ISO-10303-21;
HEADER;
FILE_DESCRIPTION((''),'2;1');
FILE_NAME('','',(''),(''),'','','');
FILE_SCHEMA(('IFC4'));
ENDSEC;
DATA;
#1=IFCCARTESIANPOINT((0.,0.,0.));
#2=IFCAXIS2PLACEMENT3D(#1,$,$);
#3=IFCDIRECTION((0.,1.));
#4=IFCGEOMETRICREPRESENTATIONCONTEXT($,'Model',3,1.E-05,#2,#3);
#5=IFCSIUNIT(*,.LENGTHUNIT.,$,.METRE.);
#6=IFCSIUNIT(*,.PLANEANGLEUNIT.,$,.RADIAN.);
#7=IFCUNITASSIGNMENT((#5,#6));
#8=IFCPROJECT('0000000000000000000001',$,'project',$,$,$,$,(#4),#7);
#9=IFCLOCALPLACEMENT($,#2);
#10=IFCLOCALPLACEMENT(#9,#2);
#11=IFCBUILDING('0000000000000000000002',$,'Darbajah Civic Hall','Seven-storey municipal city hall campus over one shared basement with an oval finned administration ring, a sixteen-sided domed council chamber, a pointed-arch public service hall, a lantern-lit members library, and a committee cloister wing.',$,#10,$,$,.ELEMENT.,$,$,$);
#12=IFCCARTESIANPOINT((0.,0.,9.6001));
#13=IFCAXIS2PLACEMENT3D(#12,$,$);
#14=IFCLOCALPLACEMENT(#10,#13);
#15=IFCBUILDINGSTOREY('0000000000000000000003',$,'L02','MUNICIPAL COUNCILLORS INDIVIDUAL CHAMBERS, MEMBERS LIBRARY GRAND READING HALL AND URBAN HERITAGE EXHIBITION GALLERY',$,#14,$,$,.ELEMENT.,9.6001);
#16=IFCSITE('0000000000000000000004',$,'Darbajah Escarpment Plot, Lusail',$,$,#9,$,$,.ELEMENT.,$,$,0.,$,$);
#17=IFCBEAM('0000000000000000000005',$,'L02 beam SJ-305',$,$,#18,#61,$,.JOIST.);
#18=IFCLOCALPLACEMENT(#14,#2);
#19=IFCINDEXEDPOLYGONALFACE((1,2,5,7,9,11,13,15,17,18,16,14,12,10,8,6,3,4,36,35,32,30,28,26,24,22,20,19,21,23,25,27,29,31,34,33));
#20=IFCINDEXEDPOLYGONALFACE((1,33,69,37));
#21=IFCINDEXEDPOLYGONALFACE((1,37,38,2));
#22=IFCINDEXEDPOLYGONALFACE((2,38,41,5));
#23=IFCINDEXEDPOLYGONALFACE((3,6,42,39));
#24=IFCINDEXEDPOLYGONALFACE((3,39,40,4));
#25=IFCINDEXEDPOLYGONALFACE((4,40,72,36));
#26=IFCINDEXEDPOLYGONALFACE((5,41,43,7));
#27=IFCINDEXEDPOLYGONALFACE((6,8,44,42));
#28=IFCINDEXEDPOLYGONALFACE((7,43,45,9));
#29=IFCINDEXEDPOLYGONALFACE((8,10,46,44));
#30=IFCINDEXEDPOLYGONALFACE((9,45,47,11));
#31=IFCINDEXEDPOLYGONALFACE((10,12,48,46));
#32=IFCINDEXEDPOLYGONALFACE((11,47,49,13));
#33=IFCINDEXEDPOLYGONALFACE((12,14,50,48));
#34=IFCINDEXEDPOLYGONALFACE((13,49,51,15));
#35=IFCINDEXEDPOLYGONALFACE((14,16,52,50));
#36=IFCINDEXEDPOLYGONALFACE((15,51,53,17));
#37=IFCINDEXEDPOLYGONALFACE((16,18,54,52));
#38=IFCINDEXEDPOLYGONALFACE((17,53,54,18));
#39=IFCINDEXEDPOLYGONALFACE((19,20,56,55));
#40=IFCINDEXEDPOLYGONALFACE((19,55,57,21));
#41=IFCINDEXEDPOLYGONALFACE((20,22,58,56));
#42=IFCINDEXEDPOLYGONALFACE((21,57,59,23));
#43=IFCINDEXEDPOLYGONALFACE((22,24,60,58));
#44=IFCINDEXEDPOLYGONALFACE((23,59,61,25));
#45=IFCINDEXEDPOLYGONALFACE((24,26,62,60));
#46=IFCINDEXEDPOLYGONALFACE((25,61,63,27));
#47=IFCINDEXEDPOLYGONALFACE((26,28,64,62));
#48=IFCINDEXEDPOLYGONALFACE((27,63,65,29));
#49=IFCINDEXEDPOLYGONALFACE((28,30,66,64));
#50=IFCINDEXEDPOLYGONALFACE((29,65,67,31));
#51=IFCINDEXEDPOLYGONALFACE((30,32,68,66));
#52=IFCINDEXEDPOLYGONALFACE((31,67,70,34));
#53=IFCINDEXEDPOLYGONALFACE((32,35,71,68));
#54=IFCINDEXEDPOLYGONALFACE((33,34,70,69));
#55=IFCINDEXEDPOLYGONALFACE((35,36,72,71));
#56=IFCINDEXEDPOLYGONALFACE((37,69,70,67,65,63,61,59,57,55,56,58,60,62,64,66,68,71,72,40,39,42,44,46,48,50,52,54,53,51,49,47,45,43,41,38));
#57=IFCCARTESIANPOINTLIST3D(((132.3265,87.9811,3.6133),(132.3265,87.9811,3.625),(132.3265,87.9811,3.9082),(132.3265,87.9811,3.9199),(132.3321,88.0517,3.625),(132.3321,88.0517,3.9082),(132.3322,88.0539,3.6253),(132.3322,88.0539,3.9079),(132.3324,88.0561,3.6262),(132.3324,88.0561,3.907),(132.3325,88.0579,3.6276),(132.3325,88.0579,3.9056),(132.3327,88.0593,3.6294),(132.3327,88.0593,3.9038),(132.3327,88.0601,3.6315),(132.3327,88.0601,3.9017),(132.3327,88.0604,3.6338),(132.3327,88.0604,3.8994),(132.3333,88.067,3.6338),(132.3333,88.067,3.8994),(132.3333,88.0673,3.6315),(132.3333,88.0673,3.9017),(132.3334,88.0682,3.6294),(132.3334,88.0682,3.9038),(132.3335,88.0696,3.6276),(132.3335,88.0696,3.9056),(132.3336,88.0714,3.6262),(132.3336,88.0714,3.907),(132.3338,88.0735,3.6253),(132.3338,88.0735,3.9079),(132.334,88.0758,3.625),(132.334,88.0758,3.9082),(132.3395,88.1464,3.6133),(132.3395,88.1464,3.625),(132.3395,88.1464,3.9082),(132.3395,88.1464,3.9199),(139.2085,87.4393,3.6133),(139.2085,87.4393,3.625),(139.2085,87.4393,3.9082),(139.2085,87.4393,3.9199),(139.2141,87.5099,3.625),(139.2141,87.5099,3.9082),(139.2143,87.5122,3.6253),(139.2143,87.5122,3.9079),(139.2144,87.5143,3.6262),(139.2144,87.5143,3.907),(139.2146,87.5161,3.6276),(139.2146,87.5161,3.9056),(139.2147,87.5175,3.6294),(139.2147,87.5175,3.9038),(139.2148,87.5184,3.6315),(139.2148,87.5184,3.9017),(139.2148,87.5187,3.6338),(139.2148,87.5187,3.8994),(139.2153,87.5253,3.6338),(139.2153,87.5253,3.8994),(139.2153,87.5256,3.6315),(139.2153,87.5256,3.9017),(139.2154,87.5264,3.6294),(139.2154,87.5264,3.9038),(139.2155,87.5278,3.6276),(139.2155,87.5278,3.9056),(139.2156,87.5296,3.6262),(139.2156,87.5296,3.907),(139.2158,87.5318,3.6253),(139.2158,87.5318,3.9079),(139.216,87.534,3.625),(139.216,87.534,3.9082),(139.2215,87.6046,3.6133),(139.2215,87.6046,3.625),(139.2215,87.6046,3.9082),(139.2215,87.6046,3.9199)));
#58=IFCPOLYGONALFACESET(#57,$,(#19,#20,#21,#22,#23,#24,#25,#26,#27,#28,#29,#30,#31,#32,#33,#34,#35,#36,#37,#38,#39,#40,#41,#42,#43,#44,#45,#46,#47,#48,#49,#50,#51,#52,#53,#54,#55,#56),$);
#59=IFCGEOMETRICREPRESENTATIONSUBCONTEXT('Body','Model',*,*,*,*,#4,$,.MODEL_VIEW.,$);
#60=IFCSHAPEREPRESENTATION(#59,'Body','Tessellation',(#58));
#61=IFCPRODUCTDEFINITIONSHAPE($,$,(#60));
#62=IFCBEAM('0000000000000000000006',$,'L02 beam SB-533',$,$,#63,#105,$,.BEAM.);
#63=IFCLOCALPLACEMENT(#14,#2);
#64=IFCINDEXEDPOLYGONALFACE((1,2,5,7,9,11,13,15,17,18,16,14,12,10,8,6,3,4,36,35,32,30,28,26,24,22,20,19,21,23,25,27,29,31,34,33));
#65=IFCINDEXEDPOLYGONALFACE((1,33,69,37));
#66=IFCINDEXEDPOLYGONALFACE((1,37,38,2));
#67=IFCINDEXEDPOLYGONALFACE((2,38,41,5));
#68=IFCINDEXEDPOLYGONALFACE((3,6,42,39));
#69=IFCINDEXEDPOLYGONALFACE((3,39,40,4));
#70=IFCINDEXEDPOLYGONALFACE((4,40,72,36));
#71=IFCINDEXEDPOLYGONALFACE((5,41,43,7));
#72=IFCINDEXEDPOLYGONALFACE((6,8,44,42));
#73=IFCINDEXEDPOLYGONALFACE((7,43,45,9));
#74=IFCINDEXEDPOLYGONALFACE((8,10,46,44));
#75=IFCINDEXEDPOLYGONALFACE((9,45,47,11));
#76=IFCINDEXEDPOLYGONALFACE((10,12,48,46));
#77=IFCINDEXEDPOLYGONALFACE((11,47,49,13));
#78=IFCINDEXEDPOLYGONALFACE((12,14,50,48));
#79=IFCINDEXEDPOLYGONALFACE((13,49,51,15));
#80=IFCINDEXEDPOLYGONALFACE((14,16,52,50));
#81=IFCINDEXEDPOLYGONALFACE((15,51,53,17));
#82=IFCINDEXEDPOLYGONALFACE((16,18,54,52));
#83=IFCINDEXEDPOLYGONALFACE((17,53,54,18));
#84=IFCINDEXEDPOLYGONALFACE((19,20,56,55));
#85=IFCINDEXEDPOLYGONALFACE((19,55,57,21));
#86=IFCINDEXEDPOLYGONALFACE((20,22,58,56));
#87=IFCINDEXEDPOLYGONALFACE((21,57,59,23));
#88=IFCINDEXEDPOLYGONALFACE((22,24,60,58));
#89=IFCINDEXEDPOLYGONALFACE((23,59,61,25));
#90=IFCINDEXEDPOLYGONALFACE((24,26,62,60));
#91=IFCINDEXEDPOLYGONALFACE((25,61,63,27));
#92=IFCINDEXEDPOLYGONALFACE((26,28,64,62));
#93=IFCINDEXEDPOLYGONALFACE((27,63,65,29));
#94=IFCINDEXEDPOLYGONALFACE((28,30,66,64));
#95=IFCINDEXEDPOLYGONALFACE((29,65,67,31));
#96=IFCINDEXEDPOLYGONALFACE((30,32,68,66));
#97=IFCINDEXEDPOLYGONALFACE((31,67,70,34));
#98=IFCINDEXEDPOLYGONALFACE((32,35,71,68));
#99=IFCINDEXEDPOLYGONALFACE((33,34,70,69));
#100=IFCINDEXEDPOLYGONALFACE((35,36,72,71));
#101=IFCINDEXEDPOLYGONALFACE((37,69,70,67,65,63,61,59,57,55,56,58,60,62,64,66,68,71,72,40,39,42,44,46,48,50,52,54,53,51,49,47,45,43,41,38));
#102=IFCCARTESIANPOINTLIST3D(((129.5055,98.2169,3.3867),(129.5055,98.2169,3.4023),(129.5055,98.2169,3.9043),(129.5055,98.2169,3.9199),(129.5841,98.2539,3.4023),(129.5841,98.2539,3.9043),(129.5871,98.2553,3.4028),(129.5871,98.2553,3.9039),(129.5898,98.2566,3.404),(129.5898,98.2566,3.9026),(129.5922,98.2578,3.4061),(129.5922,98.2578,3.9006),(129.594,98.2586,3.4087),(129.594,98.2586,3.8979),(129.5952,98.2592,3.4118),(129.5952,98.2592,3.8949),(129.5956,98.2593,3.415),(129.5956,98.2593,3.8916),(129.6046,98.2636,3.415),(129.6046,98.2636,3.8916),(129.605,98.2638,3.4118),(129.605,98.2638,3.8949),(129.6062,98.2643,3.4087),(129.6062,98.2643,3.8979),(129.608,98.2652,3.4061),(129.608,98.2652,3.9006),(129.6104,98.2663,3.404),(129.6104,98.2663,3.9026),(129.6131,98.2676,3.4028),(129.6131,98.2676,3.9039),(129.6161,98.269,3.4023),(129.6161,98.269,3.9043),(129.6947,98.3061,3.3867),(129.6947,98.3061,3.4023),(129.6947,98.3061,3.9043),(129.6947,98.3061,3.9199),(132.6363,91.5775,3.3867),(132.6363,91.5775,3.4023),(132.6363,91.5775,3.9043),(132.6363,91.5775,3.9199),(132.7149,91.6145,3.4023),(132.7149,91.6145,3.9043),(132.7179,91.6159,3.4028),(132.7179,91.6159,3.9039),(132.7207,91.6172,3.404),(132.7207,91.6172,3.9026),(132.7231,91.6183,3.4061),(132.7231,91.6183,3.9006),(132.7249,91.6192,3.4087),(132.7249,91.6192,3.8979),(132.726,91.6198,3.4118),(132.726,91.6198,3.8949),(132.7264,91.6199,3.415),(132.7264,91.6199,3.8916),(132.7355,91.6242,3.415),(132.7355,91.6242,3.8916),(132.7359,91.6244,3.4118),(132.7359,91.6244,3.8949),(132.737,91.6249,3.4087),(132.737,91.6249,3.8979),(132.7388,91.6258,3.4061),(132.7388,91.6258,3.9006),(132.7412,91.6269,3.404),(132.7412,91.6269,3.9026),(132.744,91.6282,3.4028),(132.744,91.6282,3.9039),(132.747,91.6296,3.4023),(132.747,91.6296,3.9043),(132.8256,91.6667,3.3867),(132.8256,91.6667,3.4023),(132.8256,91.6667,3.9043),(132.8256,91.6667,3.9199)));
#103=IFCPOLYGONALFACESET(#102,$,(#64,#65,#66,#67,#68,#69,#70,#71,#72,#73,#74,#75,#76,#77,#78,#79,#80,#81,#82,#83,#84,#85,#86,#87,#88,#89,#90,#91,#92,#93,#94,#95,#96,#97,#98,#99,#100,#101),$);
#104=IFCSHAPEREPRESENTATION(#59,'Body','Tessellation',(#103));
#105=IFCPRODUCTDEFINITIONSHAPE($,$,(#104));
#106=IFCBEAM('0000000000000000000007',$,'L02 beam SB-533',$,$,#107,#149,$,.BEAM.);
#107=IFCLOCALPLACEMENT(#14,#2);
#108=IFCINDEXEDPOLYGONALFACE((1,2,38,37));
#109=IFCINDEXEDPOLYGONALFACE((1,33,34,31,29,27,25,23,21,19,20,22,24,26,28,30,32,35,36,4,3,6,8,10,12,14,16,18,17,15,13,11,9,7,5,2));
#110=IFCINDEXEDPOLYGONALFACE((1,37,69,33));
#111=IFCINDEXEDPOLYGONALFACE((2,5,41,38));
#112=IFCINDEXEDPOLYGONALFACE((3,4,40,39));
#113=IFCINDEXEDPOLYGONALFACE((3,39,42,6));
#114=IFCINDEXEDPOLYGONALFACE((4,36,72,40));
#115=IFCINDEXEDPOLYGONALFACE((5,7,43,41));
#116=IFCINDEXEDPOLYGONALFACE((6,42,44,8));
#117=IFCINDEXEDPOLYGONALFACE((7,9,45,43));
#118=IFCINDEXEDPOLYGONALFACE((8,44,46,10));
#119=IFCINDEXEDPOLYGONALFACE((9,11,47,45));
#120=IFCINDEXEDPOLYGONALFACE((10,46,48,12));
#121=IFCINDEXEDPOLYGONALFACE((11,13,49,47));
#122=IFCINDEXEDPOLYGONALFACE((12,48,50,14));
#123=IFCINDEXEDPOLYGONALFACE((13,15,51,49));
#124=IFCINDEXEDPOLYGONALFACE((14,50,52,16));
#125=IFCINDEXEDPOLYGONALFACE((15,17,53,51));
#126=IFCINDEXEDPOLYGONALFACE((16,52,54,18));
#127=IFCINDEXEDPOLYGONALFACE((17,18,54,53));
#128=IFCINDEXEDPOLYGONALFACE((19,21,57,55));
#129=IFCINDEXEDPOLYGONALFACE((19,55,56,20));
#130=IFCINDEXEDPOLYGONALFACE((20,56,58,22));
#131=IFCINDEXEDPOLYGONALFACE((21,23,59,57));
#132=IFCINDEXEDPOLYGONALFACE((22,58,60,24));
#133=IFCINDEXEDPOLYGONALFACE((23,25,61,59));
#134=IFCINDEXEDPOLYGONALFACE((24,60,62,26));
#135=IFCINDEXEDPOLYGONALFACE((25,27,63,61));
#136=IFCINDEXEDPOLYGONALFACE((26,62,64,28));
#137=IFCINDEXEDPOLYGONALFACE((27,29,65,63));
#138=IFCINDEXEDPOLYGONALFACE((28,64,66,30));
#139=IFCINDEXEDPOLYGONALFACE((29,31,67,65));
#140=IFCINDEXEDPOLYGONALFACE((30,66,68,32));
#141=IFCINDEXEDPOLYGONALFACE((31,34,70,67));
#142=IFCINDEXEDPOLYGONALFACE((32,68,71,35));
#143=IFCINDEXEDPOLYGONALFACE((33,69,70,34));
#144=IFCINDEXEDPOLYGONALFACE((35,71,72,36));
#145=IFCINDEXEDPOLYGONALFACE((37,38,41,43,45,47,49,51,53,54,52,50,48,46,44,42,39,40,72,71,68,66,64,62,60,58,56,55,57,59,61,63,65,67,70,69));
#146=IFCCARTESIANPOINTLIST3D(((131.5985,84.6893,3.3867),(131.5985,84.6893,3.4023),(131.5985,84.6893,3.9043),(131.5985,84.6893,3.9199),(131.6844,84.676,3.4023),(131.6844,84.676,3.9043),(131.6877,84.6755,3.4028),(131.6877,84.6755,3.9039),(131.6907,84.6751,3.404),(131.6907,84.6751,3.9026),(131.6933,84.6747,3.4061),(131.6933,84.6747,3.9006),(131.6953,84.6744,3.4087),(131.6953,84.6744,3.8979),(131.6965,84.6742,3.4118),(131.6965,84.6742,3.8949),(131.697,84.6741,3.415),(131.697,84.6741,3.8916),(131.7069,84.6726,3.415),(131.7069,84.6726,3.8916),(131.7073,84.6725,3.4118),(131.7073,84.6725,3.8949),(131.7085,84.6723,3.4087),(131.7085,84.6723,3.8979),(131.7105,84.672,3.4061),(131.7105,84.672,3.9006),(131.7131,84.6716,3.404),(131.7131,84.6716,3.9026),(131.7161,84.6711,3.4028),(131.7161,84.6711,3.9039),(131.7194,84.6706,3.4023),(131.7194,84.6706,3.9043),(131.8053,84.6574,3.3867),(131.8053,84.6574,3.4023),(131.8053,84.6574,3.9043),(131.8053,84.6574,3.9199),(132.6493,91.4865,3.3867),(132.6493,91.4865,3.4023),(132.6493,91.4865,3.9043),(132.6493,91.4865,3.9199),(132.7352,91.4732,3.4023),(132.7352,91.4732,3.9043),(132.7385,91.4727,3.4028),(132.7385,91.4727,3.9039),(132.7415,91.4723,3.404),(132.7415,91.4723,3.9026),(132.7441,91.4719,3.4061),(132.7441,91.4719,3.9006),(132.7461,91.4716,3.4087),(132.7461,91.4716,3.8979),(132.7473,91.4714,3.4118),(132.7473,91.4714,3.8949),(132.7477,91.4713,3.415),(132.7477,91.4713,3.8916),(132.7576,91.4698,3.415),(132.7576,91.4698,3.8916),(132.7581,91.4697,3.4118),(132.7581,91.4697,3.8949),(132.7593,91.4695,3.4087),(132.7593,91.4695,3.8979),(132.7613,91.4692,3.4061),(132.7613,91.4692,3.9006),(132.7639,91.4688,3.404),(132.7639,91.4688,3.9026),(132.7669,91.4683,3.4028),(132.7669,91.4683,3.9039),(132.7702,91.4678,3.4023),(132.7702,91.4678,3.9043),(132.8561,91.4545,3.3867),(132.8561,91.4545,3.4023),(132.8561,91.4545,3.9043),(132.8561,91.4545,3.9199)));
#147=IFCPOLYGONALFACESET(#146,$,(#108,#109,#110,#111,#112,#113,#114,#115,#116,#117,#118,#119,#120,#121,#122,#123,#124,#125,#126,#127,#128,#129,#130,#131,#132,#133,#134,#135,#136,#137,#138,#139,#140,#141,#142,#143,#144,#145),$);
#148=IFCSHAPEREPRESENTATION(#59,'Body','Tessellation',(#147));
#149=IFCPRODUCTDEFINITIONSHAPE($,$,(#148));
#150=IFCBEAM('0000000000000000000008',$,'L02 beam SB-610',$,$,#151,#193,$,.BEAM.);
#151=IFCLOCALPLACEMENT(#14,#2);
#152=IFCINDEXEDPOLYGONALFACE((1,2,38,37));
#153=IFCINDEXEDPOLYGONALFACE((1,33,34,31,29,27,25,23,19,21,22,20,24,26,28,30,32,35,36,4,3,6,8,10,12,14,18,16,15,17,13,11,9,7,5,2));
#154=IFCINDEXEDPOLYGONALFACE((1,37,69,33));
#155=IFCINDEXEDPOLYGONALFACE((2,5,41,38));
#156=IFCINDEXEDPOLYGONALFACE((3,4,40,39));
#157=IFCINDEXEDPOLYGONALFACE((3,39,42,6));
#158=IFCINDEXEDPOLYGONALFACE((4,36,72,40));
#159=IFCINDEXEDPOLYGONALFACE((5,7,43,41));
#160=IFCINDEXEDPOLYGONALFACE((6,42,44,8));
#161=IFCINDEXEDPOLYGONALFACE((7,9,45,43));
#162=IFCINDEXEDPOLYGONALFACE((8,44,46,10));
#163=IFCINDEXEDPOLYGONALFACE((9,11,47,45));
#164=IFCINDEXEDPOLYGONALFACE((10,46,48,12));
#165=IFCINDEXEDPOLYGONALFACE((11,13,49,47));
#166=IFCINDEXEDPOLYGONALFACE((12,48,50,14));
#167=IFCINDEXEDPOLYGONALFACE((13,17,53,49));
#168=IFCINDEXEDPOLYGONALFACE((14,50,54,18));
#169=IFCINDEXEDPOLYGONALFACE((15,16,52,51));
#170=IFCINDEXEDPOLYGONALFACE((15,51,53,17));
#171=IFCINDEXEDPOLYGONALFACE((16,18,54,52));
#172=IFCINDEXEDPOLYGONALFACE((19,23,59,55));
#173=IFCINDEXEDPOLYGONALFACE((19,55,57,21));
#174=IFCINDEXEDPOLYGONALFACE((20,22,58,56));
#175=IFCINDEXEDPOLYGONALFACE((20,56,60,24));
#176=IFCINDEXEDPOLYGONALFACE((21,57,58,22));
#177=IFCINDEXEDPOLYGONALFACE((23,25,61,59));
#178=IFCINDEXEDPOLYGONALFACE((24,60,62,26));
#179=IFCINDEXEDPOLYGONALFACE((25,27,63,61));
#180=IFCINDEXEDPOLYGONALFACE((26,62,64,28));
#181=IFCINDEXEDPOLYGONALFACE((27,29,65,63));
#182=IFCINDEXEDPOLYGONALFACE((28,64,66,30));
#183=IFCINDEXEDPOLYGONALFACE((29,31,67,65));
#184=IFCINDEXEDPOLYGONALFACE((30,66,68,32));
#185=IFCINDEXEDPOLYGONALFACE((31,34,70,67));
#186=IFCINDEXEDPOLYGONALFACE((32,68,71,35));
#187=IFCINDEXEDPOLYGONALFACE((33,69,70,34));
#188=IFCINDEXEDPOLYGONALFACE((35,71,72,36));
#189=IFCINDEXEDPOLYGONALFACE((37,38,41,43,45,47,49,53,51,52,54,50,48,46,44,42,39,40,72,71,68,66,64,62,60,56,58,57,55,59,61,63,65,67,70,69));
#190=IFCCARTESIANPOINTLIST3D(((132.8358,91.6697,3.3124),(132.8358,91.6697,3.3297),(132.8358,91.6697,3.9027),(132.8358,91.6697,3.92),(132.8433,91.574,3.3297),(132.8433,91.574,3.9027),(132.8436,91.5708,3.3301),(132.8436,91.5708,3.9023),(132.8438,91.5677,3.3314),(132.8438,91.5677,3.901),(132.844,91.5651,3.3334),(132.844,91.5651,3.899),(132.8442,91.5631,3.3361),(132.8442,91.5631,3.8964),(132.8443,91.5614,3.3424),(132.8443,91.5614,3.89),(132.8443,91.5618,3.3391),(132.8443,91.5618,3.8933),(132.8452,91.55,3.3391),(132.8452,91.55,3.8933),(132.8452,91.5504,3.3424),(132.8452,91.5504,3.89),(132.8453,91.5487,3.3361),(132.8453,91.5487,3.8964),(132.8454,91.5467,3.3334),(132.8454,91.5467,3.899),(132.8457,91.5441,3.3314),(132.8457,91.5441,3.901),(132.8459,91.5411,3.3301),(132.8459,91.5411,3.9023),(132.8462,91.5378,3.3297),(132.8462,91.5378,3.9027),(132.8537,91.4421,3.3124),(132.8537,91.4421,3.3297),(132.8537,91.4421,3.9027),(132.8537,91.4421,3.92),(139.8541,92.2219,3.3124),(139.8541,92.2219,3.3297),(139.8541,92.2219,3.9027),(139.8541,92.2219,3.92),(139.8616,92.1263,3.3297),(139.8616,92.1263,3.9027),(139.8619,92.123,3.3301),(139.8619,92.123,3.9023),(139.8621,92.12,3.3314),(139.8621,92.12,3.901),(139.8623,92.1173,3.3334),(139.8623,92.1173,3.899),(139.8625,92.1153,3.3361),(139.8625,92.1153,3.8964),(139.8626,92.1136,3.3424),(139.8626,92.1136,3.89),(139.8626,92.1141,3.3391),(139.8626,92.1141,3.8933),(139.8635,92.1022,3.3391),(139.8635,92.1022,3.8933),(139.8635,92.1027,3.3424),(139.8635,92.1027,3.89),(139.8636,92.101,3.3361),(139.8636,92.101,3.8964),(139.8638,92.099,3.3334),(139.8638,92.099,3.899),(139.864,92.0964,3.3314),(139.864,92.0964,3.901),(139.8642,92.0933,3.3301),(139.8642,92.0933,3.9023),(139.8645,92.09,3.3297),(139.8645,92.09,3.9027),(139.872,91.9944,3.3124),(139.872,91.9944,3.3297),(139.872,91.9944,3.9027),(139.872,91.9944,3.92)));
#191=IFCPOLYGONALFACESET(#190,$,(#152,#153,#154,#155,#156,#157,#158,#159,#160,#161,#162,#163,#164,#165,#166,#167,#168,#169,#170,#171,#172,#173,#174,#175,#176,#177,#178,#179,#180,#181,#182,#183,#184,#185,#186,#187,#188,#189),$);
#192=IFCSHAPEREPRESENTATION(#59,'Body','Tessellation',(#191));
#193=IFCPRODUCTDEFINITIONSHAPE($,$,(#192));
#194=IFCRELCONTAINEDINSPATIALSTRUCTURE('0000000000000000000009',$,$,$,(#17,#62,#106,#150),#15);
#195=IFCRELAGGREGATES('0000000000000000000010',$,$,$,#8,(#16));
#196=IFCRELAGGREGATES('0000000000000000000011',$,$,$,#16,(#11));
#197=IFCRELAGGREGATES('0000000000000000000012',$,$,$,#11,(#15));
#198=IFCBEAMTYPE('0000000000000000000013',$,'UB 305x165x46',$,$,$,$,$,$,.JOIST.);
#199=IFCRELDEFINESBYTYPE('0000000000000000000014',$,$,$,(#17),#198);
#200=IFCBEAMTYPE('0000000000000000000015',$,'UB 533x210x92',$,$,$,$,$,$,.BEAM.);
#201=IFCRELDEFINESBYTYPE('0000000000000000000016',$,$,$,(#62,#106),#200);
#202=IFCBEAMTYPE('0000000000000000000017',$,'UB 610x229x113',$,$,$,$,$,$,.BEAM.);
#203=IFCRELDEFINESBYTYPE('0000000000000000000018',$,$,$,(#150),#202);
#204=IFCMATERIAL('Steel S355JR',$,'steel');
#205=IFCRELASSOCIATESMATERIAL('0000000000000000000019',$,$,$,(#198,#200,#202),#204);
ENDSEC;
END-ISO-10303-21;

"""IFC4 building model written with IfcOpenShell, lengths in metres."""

from ifc_helpers import new_model, si_unit, direction, frame, origin, origin_2d, place, context, subcontext, project, spatial, i_section, extrude, material, material_profile, profile_set, type_object, element, save


model = new_model("IFC4")

# Units and contexts
model_context = context("Model", 3, precision=1e-05, world=origin(), true_north=direction((0.0, 1.0)))
body_context = subcontext(model_context, "Body", "Model", "MODEL_VIEW")
ifc_project = project(units=[si_unit("LENGTHUNIT", "METRE"), si_unit("PLANEANGLEUNIT", "RADIAN")], contexts=[model_context])

# Site, building, storey
site_placement = place(None, origin())
site = spatial("IfcSite", under=ifc_project, at=site_placement, Name="Darbajah Escarpment Plot, Lusail", CompositionType="ELEMENT", RefElevation=0.0)
building_placement = place(site_placement, origin())
building = spatial("IfcBuilding", under=site, at=building_placement, Name="Darbajah Civic Hall", Description="Seven-storey municipal city hall campus over one shared basement with an oval finned administration ring, a sixteen-sided domed council chamber, a pointed-arch public service hall, a lantern-lit members library, and a committee cloister wing.", CompositionType="ELEMENT")
storey_placement = place(building_placement, frame((0.0, 0.0, 9.6001)))
storey = spatial("IfcBuildingStorey", under=building, at=storey_placement, Name="L02", Description="MUNICIPAL COUNCILLORS INDIVIDUAL CHAMBERS, MEMBERS LIBRARY GRAND READING HALL AND URBAN HERITAGE EXHIBITION GALLERY", CompositionType="ELEMENT", Elevation=9.6001)

# Beams
ifc_material_1 = material(Name="Steel S355JR", Category="steel")
ifc_material_profile_1 = material_profile(ifc_material_1, i_section(OverallWidth=0.1658, OverallDepth=0.3066, WebThickness=0.0066, FlangeThickness=0.0117, FilletRadius=0.0088, at=origin_2d()), Name="UB 305x165x46")
ifc_profile_set_1 = profile_set([ifc_material_profile_1], Name="Steel S355JR")
beam_type_1 = type_object("IfcBeamType", Name="UB 305x165x46", PredefinedType="JOIST", material=ifc_profile_set_1)
beam_1_placement = place(storey_placement, frame((132.333, 88.0637, 3.7666), z_axis=(0.996916, -0.078476, 0.0), x_axis=(0.078476, 0.996916, 0.0)))
element("IfcBeam", 1, at=beam_1_placement, inside=storey, type_object=beam_type_1, Name="L02 beam SJ-305", PredefinedType="JOIST", context=body_context, shape_type="SweptSolid", body=[
    extrude(i_section(OverallWidth=0.1658, OverallDepth=0.3066, WebThickness=0.0066, FlangeThickness=0.0117, FilletRadius=0.0088, at=origin_2d()), origin(), (0.0, 0.0, 1.0), 6.9033),
])
ifc_material_profile_2 = material_profile(ifc_material_1, i_section(OverallWidth=0.2092, OverallDepth=0.5332, WebThickness=0.01, FlangeThickness=0.0156, FilletRadius=0.0127, at=origin_2d()), Name="UB 533x210x92")
ifc_profile_set_2 = profile_set([ifc_material_profile_2], Name="Steel S355JR")
beam_type_2 = type_object("IfcBeamType", Name="UB 533x210x92", PredefinedType="BEAM", material=ifc_profile_set_2)
beam_2_placement = place(storey_placement, frame((132.731, 91.6221, 3.6533), z_axis=(-0.426514, 0.904481, 0.0), x_axis=(-0.904481, -0.426514, 0.0)))
element("IfcBeam", 2, at=beam_2_placement, inside=storey, type_object=beam_type_2, Name="L02 beam SB-533", PredefinedType="BEAM", context=body_context, shape_type="SweptSolid", body=[
    extrude(i_section(OverallWidth=0.2092, OverallDepth=0.5332, WebThickness=0.01, FlangeThickness=0.0156, FilletRadius=0.0127, at=origin_2d()), origin(), (0.0, 0.0, 1.0), 7.3406),
])
beam_3_placement = place(storey_placement, frame((131.7019, 84.6733, 3.6533), z_axis=(0.152777, 0.988261, 0.0), x_axis=(-0.988261, 0.152777, 0.0)))
element("IfcBeam", 3, at=beam_3_placement, inside=storey, type_object=beam_type_2, Name="L02 beam SB-533", PredefinedType="BEAM", context=body_context, shape_type="SweptSolid", body=[
    extrude(i_section(OverallWidth=0.2092, OverallDepth=0.5332, WebThickness=0.01, FlangeThickness=0.0156, FilletRadius=0.0127, at=origin_2d()), origin(), (0.0, 0.0, 1.0), 6.8779),
])
ifc_material_profile_3 = material_profile(ifc_material_1, i_section(OverallWidth=0.2283, OverallDepth=0.6077, WebThickness=0.011, FlangeThickness=0.0173, FilletRadius=0.0127, at=origin_2d()), Name="UB 610x229x113")
ifc_profile_set_3 = profile_set([ifc_material_profile_3], Name="Steel S355JR")
beam_type_3 = type_object("IfcBeamType", Name="UB 610x229x113", PredefinedType="BEAM", material=ifc_profile_set_3)
for number, where, z_axis, x_axis, name in (
    (4, (132.8447, 91.5559, 3.6162), (0.996919, 0.078444, 0.0), (-0.078444, 0.996919, 0.0), "L02 beam SB-610"),
):
    element("IfcBeam", number, at=place(storey_placement, frame(where, z_axis=z_axis, x_axis=x_axis)), inside=storey, type_object=beam_type_3, Name=name, PredefinedType="BEAM", context=body_context, shape_type="SweptSolid", body=[
        extrude(i_section(OverallWidth=0.2283, OverallDepth=0.6077, WebThickness=0.011, FlangeThickness=0.0173, FilletRadius=0.0127, at=origin_2d()), origin(), (0.0, 0.0, 1.0), 7.04),
    ])

save(model, "model.ifc")
